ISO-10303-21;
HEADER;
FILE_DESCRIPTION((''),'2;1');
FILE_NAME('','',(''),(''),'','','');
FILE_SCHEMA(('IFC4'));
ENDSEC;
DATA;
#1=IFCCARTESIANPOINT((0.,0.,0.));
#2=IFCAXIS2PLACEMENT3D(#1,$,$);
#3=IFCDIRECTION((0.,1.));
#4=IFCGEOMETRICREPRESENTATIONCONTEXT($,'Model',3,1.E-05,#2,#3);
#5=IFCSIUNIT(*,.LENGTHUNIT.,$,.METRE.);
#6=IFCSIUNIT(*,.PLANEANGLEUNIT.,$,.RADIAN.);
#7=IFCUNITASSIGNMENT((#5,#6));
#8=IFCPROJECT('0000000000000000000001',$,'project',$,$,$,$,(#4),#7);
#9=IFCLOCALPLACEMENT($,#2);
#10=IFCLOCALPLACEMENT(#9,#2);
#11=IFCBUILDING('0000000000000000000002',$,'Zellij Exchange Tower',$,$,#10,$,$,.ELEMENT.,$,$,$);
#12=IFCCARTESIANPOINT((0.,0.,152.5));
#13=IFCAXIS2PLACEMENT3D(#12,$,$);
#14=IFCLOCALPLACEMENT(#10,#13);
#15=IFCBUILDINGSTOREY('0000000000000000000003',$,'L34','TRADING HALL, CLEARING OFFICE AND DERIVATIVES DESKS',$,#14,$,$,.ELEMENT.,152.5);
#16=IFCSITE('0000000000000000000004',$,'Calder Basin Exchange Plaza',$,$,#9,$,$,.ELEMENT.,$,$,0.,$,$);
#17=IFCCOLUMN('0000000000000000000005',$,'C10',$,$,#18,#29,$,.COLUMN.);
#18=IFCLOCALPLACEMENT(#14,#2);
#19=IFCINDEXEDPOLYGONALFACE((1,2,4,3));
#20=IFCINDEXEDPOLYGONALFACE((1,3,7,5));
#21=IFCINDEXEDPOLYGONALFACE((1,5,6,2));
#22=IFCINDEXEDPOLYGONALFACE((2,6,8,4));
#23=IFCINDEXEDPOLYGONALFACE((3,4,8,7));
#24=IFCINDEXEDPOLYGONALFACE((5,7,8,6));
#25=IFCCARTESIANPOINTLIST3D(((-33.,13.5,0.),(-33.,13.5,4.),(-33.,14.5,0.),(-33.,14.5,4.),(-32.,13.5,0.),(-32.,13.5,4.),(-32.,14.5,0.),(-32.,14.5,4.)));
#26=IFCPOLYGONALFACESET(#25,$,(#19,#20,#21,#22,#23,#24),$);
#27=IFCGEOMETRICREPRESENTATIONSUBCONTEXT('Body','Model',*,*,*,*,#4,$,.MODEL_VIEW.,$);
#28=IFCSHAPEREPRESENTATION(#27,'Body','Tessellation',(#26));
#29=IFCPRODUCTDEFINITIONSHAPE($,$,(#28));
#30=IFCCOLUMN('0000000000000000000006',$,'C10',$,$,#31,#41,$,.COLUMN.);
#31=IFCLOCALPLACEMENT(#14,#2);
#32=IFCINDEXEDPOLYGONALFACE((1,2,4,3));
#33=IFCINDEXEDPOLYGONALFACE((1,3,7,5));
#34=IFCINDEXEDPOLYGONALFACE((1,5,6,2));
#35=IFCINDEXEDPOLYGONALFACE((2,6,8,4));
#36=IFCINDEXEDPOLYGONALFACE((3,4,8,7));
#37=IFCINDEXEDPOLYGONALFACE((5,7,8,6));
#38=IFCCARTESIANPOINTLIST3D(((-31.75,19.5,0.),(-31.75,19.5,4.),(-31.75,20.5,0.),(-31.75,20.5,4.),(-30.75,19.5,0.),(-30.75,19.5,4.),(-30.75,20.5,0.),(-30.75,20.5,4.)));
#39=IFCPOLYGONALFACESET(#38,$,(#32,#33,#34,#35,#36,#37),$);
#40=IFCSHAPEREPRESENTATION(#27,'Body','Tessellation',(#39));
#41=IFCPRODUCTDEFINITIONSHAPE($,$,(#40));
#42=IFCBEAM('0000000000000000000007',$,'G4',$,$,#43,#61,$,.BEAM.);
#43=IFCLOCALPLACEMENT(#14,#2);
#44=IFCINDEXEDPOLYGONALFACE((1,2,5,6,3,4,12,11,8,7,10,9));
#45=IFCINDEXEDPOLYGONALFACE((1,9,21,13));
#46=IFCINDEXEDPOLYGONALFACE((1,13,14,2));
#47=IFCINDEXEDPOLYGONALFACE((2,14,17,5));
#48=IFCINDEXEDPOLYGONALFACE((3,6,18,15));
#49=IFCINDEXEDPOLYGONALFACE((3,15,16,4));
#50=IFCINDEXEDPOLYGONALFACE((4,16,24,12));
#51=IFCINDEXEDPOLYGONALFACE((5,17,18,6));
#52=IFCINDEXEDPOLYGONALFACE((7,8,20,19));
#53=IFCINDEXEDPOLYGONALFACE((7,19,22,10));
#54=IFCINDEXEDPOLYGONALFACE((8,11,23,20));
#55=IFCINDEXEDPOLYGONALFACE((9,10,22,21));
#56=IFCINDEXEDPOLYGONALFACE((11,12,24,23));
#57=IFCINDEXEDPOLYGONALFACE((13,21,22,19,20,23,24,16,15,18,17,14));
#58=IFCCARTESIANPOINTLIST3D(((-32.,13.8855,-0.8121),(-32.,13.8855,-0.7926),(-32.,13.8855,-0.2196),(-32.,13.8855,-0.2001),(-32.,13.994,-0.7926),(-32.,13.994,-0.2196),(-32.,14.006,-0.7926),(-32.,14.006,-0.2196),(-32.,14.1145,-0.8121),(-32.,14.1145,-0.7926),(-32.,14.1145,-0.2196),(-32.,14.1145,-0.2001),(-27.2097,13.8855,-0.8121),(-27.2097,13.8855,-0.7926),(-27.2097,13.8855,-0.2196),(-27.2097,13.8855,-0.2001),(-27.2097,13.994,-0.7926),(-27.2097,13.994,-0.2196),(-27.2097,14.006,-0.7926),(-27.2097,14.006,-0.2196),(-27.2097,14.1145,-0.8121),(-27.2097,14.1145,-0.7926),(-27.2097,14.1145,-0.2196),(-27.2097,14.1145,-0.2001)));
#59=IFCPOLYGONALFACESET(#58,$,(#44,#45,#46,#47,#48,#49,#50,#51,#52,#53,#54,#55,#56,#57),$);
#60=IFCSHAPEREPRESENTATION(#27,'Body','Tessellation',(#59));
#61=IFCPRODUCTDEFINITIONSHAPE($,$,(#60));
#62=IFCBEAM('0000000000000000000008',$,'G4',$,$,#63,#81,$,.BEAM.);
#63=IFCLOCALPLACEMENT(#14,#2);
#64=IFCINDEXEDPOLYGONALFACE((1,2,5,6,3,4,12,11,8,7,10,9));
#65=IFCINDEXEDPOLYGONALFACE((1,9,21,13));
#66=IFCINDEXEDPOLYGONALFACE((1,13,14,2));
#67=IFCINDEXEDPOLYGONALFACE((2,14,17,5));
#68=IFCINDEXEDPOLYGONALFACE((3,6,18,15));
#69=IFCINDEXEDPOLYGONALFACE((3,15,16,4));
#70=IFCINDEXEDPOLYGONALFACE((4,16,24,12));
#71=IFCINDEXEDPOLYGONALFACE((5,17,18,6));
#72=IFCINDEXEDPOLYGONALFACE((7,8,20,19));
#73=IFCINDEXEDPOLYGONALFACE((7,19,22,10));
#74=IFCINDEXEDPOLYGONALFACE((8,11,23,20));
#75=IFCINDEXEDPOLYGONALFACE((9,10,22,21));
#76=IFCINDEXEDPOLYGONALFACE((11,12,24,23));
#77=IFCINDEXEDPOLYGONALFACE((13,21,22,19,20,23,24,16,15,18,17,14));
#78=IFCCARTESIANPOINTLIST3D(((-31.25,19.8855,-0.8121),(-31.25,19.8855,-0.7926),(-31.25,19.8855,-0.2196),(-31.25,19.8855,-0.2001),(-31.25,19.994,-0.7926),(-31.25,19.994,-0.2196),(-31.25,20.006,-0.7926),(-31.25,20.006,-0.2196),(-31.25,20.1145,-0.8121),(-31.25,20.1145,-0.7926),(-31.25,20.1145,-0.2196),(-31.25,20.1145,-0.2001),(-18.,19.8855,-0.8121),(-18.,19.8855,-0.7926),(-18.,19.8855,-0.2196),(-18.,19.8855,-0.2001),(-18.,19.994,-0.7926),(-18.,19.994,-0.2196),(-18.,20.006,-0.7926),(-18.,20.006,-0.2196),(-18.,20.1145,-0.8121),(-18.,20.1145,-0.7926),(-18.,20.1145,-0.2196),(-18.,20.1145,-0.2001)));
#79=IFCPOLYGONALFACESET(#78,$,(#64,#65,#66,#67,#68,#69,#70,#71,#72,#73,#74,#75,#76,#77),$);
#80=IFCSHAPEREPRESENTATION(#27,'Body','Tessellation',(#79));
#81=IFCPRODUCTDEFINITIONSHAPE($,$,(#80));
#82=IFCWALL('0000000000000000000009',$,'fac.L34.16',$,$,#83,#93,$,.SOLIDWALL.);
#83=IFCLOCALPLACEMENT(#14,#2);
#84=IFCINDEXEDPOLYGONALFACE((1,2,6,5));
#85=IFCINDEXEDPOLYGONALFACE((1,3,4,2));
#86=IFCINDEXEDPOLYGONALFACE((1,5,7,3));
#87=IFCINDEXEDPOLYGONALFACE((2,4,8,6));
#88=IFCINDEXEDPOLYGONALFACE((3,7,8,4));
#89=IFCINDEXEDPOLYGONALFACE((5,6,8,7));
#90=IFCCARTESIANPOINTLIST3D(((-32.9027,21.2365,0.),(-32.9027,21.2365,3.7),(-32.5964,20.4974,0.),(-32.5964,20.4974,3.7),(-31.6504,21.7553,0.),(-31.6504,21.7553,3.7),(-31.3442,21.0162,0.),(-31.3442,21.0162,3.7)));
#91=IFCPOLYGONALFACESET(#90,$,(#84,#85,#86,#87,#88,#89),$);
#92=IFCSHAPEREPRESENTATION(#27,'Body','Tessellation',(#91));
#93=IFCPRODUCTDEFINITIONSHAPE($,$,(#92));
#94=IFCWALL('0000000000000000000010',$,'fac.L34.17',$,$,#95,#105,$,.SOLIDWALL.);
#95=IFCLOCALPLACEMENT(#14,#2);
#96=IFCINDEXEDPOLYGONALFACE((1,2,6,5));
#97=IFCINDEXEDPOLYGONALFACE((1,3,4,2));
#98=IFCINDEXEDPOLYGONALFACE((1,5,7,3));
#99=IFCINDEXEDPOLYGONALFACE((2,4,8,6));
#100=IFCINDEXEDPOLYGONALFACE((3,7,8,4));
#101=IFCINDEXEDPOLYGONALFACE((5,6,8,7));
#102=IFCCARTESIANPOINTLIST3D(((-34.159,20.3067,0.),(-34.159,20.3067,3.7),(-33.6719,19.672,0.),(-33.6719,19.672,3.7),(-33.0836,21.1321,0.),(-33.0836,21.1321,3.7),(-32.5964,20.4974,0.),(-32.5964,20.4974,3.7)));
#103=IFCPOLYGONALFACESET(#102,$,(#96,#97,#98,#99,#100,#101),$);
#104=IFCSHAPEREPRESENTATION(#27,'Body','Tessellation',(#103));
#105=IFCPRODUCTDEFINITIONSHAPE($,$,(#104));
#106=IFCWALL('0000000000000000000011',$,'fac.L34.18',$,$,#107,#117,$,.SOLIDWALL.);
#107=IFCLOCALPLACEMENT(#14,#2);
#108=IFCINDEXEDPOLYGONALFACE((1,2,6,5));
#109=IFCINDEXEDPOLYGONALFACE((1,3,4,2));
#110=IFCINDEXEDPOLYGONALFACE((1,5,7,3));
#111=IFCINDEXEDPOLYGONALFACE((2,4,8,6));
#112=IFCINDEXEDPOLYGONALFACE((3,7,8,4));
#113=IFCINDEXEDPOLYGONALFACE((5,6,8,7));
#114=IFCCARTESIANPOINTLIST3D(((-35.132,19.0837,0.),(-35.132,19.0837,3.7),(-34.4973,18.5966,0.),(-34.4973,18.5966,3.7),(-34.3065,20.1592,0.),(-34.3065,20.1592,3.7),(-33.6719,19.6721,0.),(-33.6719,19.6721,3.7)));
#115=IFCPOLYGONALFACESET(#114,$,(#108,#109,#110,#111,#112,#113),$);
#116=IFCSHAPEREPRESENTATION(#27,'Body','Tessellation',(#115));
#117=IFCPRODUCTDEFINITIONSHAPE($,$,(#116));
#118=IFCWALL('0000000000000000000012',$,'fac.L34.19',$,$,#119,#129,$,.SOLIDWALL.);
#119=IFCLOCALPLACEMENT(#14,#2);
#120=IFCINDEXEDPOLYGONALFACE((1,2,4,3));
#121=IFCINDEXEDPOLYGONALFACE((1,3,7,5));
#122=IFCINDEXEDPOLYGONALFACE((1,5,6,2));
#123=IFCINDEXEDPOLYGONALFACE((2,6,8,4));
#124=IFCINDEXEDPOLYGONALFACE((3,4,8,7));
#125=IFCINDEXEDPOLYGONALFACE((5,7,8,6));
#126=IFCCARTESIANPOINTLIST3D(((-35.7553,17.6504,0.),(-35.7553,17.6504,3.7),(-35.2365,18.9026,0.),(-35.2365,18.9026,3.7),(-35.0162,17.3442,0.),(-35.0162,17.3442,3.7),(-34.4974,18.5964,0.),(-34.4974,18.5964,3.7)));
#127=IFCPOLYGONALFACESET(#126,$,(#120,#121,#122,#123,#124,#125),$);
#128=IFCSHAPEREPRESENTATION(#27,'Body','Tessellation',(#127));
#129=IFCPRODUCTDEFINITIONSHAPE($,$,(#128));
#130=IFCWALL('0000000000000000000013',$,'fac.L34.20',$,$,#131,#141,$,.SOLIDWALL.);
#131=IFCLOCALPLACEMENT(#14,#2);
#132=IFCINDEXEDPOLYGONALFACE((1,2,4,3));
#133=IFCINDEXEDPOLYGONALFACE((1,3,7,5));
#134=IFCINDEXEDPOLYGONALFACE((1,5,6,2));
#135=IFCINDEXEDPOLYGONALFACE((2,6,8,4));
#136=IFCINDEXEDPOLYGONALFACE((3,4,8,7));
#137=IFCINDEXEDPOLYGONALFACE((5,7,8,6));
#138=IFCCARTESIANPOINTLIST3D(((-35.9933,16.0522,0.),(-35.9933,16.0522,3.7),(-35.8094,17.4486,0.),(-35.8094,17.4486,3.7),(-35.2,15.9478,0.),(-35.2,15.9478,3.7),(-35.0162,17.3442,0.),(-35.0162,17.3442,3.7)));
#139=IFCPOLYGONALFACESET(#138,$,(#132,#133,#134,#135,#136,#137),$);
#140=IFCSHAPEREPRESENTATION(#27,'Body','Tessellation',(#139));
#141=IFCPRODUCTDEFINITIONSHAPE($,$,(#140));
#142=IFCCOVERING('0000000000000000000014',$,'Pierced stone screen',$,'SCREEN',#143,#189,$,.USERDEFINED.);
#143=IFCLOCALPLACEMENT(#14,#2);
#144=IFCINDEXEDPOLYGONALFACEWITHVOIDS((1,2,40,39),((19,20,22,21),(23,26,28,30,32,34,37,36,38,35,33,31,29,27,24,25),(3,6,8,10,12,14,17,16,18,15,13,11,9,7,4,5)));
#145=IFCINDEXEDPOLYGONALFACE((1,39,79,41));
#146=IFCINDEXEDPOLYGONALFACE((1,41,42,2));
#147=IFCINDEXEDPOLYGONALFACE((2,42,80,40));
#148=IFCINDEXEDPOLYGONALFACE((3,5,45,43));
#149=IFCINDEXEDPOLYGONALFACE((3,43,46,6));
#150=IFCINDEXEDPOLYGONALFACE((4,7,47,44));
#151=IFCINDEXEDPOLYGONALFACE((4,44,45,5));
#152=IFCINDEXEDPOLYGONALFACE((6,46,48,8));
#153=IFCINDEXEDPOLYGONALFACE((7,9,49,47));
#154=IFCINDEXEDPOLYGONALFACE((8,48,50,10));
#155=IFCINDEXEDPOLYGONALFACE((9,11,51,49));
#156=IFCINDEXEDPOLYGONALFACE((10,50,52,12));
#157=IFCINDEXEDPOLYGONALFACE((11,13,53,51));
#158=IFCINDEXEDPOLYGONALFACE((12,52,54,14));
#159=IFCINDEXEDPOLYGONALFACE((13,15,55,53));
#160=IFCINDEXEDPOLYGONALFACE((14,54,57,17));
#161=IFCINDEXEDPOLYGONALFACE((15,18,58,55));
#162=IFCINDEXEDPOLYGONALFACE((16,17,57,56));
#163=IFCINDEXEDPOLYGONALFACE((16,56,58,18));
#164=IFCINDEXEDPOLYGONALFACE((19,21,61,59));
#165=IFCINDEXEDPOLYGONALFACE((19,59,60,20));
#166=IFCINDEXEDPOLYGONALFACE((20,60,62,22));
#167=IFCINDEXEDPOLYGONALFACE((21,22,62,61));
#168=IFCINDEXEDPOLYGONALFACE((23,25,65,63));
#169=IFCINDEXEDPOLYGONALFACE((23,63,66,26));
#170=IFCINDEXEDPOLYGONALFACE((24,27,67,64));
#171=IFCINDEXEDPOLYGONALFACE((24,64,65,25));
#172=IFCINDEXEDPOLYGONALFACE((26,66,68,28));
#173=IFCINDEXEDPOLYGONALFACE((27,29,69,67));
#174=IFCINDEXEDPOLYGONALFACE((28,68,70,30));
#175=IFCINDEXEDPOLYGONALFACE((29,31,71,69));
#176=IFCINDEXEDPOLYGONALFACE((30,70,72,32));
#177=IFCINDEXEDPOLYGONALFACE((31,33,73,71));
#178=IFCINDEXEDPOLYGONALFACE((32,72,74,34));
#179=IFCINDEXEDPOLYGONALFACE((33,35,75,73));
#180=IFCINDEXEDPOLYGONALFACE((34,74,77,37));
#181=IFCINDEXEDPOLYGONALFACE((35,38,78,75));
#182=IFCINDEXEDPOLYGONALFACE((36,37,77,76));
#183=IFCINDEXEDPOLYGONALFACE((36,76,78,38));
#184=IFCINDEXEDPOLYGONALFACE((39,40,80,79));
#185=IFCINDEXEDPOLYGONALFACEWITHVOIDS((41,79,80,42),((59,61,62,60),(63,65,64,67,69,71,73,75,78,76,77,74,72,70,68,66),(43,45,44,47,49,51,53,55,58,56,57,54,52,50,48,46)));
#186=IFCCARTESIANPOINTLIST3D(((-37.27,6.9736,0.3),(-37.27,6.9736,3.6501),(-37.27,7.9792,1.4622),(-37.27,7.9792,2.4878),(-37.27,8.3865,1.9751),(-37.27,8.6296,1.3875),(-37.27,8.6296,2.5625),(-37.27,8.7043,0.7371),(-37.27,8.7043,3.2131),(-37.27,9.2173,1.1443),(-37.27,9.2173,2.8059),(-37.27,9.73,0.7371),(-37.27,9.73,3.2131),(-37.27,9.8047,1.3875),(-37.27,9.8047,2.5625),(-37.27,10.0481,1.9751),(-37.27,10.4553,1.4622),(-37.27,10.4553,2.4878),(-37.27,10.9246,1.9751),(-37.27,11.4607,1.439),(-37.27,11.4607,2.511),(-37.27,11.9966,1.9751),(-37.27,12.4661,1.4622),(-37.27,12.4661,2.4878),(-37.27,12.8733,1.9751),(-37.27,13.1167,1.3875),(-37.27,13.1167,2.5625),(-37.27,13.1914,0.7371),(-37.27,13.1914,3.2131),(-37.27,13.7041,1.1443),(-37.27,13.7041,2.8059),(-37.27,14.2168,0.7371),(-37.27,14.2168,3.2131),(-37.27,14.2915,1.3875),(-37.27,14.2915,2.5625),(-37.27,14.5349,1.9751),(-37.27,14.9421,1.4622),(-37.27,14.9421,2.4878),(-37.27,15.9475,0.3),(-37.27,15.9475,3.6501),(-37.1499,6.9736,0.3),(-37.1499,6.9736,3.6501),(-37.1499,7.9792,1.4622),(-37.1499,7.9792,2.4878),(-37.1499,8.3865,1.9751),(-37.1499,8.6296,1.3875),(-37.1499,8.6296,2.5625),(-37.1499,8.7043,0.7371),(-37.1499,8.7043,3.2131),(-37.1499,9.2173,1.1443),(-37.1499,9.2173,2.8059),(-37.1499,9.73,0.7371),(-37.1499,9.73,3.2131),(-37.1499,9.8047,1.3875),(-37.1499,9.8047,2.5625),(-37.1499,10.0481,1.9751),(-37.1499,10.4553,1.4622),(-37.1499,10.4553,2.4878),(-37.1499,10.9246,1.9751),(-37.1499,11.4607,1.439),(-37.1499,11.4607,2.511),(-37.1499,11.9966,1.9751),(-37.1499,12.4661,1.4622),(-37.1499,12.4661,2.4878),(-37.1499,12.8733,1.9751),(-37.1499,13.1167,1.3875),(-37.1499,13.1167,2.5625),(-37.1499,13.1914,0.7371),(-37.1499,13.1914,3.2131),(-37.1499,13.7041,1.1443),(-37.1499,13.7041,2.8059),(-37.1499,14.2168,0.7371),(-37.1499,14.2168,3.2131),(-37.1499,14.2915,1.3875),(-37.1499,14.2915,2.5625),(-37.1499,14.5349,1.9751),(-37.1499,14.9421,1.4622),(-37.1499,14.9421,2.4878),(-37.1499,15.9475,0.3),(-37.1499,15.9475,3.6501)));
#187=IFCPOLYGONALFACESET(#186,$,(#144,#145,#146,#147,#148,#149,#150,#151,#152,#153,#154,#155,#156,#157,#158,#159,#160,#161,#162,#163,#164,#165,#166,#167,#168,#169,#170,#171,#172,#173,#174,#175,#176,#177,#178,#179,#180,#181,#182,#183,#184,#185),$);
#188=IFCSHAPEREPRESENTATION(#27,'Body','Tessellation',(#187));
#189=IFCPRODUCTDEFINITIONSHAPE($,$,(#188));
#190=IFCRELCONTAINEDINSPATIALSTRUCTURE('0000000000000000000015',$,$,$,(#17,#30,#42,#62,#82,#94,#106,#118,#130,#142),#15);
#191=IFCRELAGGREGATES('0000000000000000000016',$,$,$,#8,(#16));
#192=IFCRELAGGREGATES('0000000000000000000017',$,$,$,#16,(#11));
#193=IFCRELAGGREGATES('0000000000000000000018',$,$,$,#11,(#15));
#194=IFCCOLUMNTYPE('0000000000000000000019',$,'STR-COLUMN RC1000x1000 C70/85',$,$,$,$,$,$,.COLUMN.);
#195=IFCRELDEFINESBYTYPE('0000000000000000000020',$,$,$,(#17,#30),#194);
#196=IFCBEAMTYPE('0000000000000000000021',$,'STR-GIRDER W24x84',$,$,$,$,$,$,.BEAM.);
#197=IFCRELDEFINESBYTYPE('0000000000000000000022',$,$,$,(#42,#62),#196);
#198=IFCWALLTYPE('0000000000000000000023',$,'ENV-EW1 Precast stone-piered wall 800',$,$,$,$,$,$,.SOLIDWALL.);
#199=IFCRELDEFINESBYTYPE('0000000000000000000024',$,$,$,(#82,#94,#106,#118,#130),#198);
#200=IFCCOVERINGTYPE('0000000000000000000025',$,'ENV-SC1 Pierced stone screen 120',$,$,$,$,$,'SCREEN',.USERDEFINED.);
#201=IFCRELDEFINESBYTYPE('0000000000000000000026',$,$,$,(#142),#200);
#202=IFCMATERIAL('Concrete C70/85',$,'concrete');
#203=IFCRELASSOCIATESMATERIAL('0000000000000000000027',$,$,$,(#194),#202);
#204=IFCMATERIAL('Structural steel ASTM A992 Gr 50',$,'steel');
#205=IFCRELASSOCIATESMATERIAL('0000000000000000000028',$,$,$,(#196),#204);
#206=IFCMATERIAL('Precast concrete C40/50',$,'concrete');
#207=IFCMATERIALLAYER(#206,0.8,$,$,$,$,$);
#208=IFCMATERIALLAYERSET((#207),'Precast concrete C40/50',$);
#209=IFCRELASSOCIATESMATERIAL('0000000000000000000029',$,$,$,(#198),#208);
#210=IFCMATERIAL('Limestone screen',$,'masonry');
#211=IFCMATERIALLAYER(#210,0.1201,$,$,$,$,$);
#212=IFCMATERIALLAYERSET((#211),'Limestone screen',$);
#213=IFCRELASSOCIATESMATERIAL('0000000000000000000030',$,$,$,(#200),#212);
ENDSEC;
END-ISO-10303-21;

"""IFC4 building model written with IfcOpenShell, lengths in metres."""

from ifc_helpers import new_model, si_unit, direction, frame, frame_2d, origin, origin_2d, place, context, subcontext, project, spatial, polyline, rectangle, i_section, outline, extrude, material, layer, layer_set, material_profile, profile_set, type_object, element, save


model = new_model("IFC4")

# Units and contexts
model_context = context("Model", 3, precision=1e-05, world=origin(), true_north=direction((0.0, 1.0)))
body_context = subcontext(model_context, "Body", "Model", "MODEL_VIEW")
ifc_project = project(units=[si_unit("LENGTHUNIT", "METRE"), si_unit("PLANEANGLEUNIT", "RADIAN")], contexts=[model_context])

# Site, building, storey
site_placement = place(None, origin())
site = spatial("IfcSite", under=ifc_project, at=site_placement, Name="Calder Basin Exchange Plaza", CompositionType="ELEMENT", RefElevation=0.0)
building_placement = place(site_placement, origin())
building = spatial("IfcBuilding", under=site, at=building_placement, Name="Zellij Exchange Tower", CompositionType="ELEMENT")
storey_placement = place(building_placement, frame((0.0, 0.0, 152.5)))
storey = spatial("IfcBuildingStorey", under=building, at=storey_placement, Name="L34", Description="TRADING HALL, CLEARING OFFICE AND DERIVATIVES DESKS", CompositionType="ELEMENT", Elevation=152.5)

# Columns
ifc_material_1 = material(Name="Concrete C70/85", Category="concrete")
ifc_material_profile_1 = material_profile(ifc_material_1, rectangle(XDim=1.0, YDim=1.0, at=origin_2d()), Name="STR-COLUMN RC1000x1000 C70/85")
ifc_profile_set_1 = profile_set([ifc_material_profile_1], Name="Concrete C70/85")
column_type = type_object("IfcColumnType", Name="STR-COLUMN RC1000x1000 C70/85", PredefinedType="COLUMN", material=ifc_profile_set_1)
for number, where, z_axis, x_axis, name in (
    (1, (-32.5, 14.0, 0.0), (0.0, 0.0, 1.0), (1.0, 0.0, 0.0), "C10"),
    (2, (-31.25, 20.0, 0.0), (0.0, 0.0, 1.0), (1.0, 0.0, 0.0), "C10"),
):
    element("IfcColumn", number, at=place(storey_placement, frame(where, z_axis=z_axis, x_axis=x_axis)), inside=storey, type_object=column_type, Name=name, PredefinedType="COLUMN", context=body_context, shape_type="SweptSolid", body=[
        extrude(rectangle(XDim=1.0, YDim=1.0, at=origin_2d()), origin(), (0.0, 0.0, 1.0), 4.0),
    ])

# Beams
ifc_material_2 = material(Name="Structural steel ASTM A992 Gr 50", Category="steel")
ifc_material_profile_2 = material_profile(ifc_material_2, i_section(OverallWidth=0.229, OverallDepth=0.6121, WebThickness=0.012, FlangeThickness=0.0195, at=origin_2d()), Name="W24x84")
ifc_profile_set_2 = profile_set([ifc_material_profile_2], Name="Structural steel ASTM A992 Gr 50")
beam_type = type_object("IfcBeamType", Name="STR-GIRDER W24x84", PredefinedType="BEAM", material=ifc_profile_set_2)
beam_1_placement = place(storey_placement, frame((-32.0, 14.0, -0.5061), z_axis=(1.0, 0.0, 0.0), x_axis=(0.0, 1.0, 0.0)))
element("IfcBeam", 3, at=beam_1_placement, inside=storey, type_object=beam_type, Name="G4", PredefinedType="BEAM", context=body_context, shape_type="SweptSolid", body=[
    extrude(i_section(OverallWidth=0.229, OverallDepth=0.6121, WebThickness=0.012, FlangeThickness=0.0195, at=origin_2d()), origin(), (0.0, 0.0, 1.0), 4.7903),
])
beam_2_placement = place(storey_placement, frame((-31.25, 20.0, -0.5061), z_axis=(1.0, 0.0, 0.0), x_axis=(0.0, 1.0, 0.0)))
element("IfcBeam", 4, at=beam_2_placement, inside=storey, type_object=beam_type, Name="G4", PredefinedType="BEAM", context=body_context, shape_type="SweptSolid", body=[
    extrude(i_section(OverallWidth=0.229, OverallDepth=0.6121, WebThickness=0.012, FlangeThickness=0.0195, at=origin_2d()), origin(), (0.0, 0.0, 1.0), 13.25),
])

# Walls
ifc_material_3 = material(Name="Precast concrete C40/50", Category="concrete")
ifc_layer_1 = layer(ifc_material_3, 0.8)
ifc_layer_set_1 = layer_set([ifc_layer_1], Name="Precast concrete C40/50")
wall_type = type_object("IfcWallType", Name="ENV-EW1 Precast stone-piered wall 800", PredefinedType="SOLIDWALL", material=ifc_layer_set_1)
wall_1_placement = place(storey_placement, frame((-31.4973, 21.3857, 0.0), z_axis=(0.0, 0.0, 1.0), x_axis=(-0.923848, -0.38276, 0.0)))
element("IfcWall", 5, at=wall_1_placement, inside=storey, type_object=wall_type, Name="fac.L34.16", PredefinedType="SOLIDWALL", context=body_context, shape_type="SweptSolid", body=[
    extrude(rectangle(XDim=1.3555, YDim=0.8, at=frame_2d((0.6777, 0.0))), origin(), (0.0, 0.0, 1.0), 3.7),
])
for number, where, z_axis, x_axis, name in (
    (6, (-32.8401, 20.8147, 0.0), (0.0, 0.0, 1.0), (-0.793273, -0.608866, 0.0), "fac.L34.17"),
    (7, (-33.9893, 19.9155, 0.0), (0.0, 0.0, 1.0), (-0.608866, -0.793273, 0.0), "fac.L34.18"),
):
    element("IfcWall", number, at=place(storey_placement, frame(where, z_axis=z_axis, x_axis=x_axis)), inside=storey, type_object=wall_type, Name=name, PredefinedType="SOLIDWALL", context=body_context, shape_type="SweptSolid", body=[
        extrude(rectangle(XDim=1.3557, YDim=0.8, at=frame_2d((0.6777, 0.0))), origin(), (0.0, 0.0, 1.0), 3.7),
    ])
wall_2_placement = place(storey_placement, frame((-34.8669, 18.7495, 0.0), z_axis=(0.0, 0.0, 1.0), x_axis=(-0.38276, -0.923848, 0.0)))
element("IfcWall", 8, at=wall_2_placement, inside=storey, type_object=wall_type, Name="fac.L34.19", PredefinedType="SOLIDWALL", context=body_context, shape_type="SweptSolid", body=[
    extrude(rectangle(XDim=1.3555, YDim=0.8, at=frame_2d((0.6777, 0.0))), origin(), (0.0, 0.0, 1.0), 3.7),
])
wall_3_placement = place(storey_placement, frame((-35.4128, 17.3962, 0.0), z_axis=(0.0, 0.0, 1.0), x_axis=(-0.130517, -0.991446, 0.0)))
element("IfcWall", 9, at=wall_3_placement, inside=storey, type_object=wall_type, Name="fac.L34.20", PredefinedType="SOLIDWALL", context=body_context, shape_type="SweptSolid", body=[
    extrude(rectangle(XDim=1.4084, YDim=0.8, at=frame_2d((0.7041, 0.0))), origin(), (0.0, 0.0, 1.0), 3.7),
])

# Covering
ifc_material_4 = material(Name="Limestone screen", Category="masonry")
ifc_layer_2 = layer(ifc_material_4, 0.1201)
ifc_layer_set_2 = layer_set([ifc_layer_2], Name="Limestone screen")
covering_type = type_object("IfcCoveringType", Name="ENV-SC1 Pierced stone screen 120", ElementType="SCREEN", PredefinedType="USERDEFINED", material=ifc_layer_set_2)
covering_placement = place(storey_placement, frame((-37.21, 15.9475, 0.3), z_axis=(0.0, 0.0, 1.0), x_axis=(0.0, -1.0, 0.0)))
element("IfcCovering", 10, at=covering_placement, inside=storey, type_object=covering_type, Name="Pierced stone screen", ObjectType="SCREEN", PredefinedType="USERDEFINED", context=body_context, shape_type="SweptSolid", body=[
    extrude(outline(polyline([(0.0, 0.0), (8.9739, 0.0), (8.9739, 3.3501), (0.0, 3.3501), (0.0, 0.0)]), holes=[polyline([(3.4814, 2.1877), (2.8308, 2.2625), (2.7561, 2.9131), (2.2434, 2.5059), (1.7307, 2.9131), (1.656, 2.2625), (1.0054, 2.1877), (1.4126, 1.675), (1.0054, 1.1621), (1.656, 1.0874), (1.7307, 0.437), (2.2434, 0.8442), (2.7561, 0.437), (2.8308, 1.0874), (3.4814, 1.1621), (3.0742, 1.675), (3.4814, 2.1877)]), polyline([(7.9683, 2.1877), (7.3179, 2.2625), (7.2432, 2.9131), (6.7302, 2.5059), (6.2175, 2.9131), (6.1428, 2.2625), (5.4922, 2.1877), (5.8994, 1.675), (5.4922, 1.1621), (6.1428, 1.0874), (6.2175, 0.437), (6.7302, 0.8442), (7.2432, 0.437), (7.3179, 1.0874), (7.9683, 1.1621), (7.561, 1.675), (7.9683, 2.1877)]), polyline([(5.0229, 1.675), (4.4868, 2.2109), (3.9509, 1.675), (4.4868, 1.1389), (5.0229, 1.675)])]), frame((0.0, 0.0601, 0.0), z_axis=(0.0, -1.0, 0.0), x_axis=(1.0, 0.0, 0.0)), (0.0, 0.0, 1.0), 0.1201),
])

save(model, "model.ifc")
